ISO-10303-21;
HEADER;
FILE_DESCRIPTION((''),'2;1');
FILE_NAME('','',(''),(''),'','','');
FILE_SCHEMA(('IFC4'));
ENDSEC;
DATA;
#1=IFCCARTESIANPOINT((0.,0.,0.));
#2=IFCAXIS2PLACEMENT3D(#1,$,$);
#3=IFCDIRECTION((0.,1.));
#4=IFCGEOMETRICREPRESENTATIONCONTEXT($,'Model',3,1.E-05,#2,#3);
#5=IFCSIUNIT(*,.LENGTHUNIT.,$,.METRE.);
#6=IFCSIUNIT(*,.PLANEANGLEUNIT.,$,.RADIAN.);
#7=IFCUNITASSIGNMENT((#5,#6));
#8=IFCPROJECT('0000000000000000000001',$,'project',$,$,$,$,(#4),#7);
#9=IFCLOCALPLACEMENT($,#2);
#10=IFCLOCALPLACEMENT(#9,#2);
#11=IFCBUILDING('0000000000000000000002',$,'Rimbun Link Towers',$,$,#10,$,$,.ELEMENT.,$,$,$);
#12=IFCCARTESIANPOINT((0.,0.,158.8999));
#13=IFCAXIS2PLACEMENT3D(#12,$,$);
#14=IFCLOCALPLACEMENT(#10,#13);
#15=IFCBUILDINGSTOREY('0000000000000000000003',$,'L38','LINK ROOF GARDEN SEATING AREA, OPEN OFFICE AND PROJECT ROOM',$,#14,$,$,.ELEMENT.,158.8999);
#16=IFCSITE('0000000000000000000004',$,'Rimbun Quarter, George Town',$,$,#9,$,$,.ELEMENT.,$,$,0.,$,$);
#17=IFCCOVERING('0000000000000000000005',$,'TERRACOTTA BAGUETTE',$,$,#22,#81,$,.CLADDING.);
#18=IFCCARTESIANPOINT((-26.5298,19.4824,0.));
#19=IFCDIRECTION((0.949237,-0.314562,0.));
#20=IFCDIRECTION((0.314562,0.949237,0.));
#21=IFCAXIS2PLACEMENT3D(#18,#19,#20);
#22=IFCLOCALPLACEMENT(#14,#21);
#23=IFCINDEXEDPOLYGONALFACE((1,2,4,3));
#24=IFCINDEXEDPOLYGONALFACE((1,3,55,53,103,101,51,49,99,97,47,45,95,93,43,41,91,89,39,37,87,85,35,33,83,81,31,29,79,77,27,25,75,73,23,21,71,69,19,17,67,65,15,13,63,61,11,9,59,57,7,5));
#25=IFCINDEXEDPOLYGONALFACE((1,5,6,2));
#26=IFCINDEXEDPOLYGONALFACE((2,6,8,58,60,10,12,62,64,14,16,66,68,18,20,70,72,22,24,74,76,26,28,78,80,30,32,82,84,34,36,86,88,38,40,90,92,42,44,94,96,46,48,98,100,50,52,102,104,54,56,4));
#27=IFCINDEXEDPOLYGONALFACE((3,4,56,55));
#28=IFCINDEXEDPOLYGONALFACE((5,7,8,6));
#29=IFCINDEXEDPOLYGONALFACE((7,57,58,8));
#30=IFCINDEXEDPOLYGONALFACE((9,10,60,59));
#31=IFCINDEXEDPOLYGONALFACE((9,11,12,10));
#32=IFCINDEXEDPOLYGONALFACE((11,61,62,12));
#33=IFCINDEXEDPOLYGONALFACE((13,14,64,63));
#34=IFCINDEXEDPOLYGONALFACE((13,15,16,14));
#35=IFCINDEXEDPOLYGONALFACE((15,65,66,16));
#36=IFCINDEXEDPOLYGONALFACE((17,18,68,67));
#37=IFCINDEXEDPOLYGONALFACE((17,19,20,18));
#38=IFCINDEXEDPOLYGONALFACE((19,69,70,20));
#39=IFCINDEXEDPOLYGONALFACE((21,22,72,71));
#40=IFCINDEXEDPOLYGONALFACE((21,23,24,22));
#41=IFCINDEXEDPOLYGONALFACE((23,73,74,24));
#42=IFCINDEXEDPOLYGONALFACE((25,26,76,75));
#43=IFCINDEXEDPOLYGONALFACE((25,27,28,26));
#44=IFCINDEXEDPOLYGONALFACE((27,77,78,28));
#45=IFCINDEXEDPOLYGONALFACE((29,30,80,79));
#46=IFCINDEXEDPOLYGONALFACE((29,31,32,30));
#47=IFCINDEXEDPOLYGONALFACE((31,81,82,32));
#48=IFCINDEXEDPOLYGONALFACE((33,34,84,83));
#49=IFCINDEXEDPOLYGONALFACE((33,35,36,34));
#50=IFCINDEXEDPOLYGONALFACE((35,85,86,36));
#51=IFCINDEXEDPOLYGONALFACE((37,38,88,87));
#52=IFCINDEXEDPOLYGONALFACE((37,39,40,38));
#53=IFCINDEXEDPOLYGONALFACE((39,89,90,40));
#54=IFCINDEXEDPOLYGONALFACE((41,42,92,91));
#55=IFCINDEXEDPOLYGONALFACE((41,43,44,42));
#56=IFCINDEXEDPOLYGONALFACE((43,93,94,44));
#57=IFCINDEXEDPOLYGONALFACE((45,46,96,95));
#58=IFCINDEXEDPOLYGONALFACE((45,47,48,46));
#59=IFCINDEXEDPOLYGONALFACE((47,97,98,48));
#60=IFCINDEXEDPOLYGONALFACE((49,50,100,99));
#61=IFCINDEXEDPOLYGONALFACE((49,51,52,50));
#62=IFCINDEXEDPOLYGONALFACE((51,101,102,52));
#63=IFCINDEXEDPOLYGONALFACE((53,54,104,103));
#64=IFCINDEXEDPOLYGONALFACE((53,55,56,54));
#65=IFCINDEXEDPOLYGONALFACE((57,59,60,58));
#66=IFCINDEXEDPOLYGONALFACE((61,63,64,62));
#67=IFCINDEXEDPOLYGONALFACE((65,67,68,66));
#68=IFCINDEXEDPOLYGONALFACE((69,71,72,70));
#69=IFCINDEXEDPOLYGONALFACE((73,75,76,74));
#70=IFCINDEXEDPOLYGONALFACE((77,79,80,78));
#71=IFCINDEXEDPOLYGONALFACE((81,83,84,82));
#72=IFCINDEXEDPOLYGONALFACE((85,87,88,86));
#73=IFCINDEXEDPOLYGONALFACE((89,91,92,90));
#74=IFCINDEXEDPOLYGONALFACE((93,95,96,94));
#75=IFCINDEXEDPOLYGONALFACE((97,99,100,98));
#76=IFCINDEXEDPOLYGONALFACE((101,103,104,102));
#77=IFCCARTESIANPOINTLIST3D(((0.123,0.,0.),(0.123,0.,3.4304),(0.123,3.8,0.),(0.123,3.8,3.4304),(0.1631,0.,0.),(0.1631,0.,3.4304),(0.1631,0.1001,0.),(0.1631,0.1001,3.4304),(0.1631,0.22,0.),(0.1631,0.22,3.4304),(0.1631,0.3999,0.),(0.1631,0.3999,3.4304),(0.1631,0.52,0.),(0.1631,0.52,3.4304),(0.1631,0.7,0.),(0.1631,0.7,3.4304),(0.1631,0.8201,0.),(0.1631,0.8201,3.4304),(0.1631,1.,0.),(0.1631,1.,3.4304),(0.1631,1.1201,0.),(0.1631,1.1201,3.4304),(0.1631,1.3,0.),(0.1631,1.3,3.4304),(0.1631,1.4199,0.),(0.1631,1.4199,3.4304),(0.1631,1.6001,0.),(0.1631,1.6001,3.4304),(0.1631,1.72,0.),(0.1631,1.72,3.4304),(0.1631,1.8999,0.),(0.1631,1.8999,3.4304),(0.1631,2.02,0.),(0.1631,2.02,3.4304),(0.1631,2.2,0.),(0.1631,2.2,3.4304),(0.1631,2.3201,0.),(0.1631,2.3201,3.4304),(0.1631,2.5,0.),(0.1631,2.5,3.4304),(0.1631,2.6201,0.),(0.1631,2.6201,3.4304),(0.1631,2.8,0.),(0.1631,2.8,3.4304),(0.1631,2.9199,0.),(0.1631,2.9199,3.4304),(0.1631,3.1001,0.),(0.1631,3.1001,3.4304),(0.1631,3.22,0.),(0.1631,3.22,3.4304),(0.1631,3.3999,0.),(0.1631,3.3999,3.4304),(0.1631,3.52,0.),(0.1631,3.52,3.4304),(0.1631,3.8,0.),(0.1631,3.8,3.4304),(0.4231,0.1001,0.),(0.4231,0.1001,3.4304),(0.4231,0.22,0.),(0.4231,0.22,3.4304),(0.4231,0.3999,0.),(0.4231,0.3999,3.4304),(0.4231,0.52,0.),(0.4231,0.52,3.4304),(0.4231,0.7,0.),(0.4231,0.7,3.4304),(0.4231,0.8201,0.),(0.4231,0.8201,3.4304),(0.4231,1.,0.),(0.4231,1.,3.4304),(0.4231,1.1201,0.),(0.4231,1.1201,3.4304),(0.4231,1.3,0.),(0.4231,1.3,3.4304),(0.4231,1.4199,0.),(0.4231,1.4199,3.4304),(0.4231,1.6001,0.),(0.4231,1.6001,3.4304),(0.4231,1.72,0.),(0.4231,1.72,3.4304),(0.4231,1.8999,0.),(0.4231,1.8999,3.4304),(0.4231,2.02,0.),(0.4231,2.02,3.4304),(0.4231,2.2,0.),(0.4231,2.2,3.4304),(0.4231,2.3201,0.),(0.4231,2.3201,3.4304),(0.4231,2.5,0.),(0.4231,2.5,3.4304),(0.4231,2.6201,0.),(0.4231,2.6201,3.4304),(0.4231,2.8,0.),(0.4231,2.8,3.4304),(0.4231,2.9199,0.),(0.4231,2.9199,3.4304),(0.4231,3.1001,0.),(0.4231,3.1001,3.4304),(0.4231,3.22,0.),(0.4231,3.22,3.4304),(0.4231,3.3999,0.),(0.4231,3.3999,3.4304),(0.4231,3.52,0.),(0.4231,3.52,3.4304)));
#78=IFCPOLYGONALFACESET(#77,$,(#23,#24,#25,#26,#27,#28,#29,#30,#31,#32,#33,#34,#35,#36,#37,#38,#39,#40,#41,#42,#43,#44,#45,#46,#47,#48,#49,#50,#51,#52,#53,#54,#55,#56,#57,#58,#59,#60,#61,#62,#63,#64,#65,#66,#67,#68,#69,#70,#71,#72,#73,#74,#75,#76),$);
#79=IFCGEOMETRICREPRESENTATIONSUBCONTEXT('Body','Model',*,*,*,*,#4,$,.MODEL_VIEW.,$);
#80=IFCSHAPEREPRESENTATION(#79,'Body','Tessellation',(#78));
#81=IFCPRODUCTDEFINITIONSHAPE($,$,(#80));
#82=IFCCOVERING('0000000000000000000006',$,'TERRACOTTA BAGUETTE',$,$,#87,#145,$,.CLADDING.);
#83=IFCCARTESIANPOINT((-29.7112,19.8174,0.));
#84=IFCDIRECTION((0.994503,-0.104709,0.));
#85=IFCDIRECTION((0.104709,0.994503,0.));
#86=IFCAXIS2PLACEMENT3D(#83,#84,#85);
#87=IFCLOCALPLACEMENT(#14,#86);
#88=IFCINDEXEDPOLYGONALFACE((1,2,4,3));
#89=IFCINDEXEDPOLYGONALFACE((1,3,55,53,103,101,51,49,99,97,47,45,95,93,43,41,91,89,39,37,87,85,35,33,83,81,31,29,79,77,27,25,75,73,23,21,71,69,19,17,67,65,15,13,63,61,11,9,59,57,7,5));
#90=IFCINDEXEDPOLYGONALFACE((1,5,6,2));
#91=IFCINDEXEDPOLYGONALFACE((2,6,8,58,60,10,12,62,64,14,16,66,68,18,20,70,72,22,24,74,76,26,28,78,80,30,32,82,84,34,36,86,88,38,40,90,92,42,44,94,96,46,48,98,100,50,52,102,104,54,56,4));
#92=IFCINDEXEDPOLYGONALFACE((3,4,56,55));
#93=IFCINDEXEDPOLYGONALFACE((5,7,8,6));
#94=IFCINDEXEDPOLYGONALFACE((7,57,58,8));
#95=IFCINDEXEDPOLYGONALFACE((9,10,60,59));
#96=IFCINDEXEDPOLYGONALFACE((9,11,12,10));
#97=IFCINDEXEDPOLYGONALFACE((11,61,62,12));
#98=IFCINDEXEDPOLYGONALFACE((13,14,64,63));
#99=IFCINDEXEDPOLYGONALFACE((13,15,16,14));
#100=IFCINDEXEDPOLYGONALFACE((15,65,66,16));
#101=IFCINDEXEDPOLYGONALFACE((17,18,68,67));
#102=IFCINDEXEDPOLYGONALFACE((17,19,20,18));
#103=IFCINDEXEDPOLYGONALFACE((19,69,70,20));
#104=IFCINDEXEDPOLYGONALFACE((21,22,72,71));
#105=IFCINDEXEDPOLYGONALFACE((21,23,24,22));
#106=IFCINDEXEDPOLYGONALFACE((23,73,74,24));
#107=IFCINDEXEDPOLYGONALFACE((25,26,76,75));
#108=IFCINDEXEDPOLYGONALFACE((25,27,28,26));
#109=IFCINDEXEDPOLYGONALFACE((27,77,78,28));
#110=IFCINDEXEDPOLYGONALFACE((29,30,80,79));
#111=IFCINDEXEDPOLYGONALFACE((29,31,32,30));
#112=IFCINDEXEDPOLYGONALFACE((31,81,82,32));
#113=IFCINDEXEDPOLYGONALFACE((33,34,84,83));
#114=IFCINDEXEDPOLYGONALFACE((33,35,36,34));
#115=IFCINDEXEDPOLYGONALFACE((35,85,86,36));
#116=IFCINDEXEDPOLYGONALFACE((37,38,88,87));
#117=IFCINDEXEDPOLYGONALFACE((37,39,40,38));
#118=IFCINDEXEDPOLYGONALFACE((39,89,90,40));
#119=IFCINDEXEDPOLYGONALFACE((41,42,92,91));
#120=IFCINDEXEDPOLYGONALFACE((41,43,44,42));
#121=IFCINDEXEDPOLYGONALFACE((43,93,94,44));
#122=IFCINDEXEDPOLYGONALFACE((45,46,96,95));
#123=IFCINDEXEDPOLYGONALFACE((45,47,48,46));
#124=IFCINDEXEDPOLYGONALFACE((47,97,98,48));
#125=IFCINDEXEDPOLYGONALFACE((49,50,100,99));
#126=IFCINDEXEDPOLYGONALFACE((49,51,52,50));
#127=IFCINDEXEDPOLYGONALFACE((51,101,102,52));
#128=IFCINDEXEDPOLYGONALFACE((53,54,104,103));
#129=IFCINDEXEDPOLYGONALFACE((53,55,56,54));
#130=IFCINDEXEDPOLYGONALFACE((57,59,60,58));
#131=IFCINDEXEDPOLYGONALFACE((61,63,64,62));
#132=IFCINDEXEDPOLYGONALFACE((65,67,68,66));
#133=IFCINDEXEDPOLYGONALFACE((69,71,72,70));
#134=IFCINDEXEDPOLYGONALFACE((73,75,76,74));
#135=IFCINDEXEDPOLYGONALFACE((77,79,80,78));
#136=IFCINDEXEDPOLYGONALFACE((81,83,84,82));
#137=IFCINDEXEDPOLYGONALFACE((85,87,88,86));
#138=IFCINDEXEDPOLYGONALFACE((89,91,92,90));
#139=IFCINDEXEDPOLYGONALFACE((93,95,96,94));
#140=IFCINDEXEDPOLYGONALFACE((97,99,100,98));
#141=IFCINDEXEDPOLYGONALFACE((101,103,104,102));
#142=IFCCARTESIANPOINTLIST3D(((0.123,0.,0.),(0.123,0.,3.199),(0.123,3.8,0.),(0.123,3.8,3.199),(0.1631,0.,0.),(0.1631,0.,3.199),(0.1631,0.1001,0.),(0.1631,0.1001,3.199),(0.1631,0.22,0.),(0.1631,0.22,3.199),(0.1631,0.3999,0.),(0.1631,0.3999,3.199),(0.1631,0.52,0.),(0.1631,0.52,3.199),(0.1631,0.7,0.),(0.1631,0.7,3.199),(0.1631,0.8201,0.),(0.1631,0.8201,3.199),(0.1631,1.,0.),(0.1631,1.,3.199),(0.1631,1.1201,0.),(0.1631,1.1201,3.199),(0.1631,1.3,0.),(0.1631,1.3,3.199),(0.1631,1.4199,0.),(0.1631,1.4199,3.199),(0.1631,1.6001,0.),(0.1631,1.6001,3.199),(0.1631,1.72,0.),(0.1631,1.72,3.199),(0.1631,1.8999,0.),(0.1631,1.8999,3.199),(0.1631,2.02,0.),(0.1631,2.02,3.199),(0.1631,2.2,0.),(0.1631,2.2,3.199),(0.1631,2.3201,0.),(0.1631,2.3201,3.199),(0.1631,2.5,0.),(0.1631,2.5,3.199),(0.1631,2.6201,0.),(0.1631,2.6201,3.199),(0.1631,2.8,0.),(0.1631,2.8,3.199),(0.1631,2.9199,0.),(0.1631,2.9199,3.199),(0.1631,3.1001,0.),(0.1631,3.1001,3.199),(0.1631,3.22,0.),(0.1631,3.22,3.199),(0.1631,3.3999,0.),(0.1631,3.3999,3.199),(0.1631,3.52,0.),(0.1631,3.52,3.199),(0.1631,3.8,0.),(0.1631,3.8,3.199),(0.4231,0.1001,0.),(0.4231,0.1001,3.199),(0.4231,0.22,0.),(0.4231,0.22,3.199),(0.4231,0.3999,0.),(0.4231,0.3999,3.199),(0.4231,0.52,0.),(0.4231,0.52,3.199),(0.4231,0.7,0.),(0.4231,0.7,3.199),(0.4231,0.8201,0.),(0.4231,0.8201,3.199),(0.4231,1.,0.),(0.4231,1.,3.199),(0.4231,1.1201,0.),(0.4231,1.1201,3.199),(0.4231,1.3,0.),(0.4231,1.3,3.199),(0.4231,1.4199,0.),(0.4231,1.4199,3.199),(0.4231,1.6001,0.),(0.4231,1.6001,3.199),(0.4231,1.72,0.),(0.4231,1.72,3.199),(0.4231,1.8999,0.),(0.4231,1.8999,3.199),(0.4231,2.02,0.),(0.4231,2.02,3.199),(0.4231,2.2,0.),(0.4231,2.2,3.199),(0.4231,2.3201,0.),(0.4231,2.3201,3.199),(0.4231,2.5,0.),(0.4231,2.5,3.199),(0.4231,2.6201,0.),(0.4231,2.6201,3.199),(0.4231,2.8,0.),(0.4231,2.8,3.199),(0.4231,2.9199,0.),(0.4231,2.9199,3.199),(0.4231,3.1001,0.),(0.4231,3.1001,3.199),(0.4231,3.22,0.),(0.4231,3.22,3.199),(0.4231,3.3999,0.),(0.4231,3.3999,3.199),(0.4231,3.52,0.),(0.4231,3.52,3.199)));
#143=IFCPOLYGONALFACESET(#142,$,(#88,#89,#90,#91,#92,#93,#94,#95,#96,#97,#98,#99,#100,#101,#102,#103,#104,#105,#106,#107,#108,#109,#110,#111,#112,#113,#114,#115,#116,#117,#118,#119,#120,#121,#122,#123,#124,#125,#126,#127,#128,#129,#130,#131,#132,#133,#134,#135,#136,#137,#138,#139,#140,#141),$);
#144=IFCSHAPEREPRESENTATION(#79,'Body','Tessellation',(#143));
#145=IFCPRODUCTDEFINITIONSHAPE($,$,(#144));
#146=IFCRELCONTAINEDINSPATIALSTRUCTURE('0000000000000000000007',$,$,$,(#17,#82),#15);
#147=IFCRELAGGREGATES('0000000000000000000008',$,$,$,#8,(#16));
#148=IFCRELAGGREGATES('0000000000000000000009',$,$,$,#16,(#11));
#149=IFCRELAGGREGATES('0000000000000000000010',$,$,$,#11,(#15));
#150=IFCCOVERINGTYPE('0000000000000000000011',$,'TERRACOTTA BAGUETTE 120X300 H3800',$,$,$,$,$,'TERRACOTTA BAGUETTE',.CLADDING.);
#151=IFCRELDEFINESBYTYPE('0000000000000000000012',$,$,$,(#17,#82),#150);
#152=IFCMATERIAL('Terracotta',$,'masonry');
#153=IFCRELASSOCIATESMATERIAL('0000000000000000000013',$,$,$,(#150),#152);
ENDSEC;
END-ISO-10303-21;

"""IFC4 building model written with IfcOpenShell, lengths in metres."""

from ifc_helpers import new_model, si_unit, direction, frame, origin, place, context, subcontext, project, spatial, polyline, outline, extrude, material, material_profile, profile_set, type_object, element, save


model = new_model("IFC4")

# Units and contexts
model_context = context("Model", 3, precision=1e-05, world=origin(), true_north=direction((0.0, 1.0)))
body_context = subcontext(model_context, "Body", "Model", "MODEL_VIEW")
ifc_project = project(units=[si_unit("LENGTHUNIT", "METRE"), si_unit("PLANEANGLEUNIT", "RADIAN")], contexts=[model_context])

# Site, building, storey
site_placement = place(None, origin())
site = spatial("IfcSite", under=ifc_project, at=site_placement, Name="Rimbun Quarter, George Town", CompositionType="ELEMENT", RefElevation=0.0)
building_placement = place(site_placement, origin())
building = spatial("IfcBuilding", under=site, at=building_placement, Name="Rimbun Link Towers", CompositionType="ELEMENT")
storey_placement = place(building_placement, frame((0.0, 0.0, 158.8999)))
storey = spatial("IfcBuildingStorey", under=building, at=storey_placement, Name="L38", Description="LINK ROOF GARDEN SEATING AREA, OPEN OFFICE AND PROJECT ROOM", CompositionType="ELEMENT", Elevation=158.8999)

# Coverings
ifc_material_1 = material(Name="Terracotta", Category="masonry")
ifc_material_profile_1 = material_profile(ifc_material_1, outline(polyline([(0.123, 0.0), (0.1631, 0.0), (0.1631, 0.1001), (0.4231, 0.1001), (0.4231, 0.22), (0.1631, 0.22), (0.1631, 0.3999), (0.4231, 0.3999), (0.4231, 0.52), (0.1631, 0.52), (0.1631, 0.7), (0.4231, 0.7), (0.4231, 0.8201), (0.1631, 0.8201), (0.1631, 1.0), (0.4231, 1.0), (0.4231, 1.1201), (0.1631, 1.1201), (0.1631, 1.3), (0.4231, 1.3), (0.4231, 1.4199), (0.1631, 1.4199), (0.1631, 1.6001), (0.4231, 1.6001), (0.4231, 1.72), (0.1631, 1.72), (0.1631, 1.8999), (0.4231, 1.8999), (0.4231, 2.02), (0.1631, 2.02), (0.1631, 2.2), (0.4231, 2.2), (0.4231, 2.3201), (0.1631, 2.3201), (0.1631, 2.5), (0.4231, 2.5), (0.4231, 2.6201), (0.1631, 2.6201), (0.1631, 2.8), (0.4231, 2.8), (0.4231, 2.9199), (0.1631, 2.9199), (0.1631, 3.1001), (0.4231, 3.1001), (0.4231, 3.22), (0.1631, 3.22), (0.1631, 3.3999), (0.4231, 3.3999), (0.4231, 3.52), (0.1631, 3.52), (0.1631, 3.8), (0.123, 3.8), (0.123, 0.0)])), Name="BAGUETTE 120X300")
ifc_profile_set_1 = profile_set([ifc_material_profile_1], Name="Terracotta")
covering_type = type_object("IfcCoveringType", Name="TERRACOTTA BAGUETTE 120X300 H3800", ElementType="TERRACOTTA BAGUETTE", PredefinedType="CLADDING", material=ifc_profile_set_1)
covering_1_placement = place(storey_placement, frame((-26.5298, 19.4824, 0.0), z_axis=(0.949237, -0.314562, 0.0), x_axis=(0.314562, 0.949237, 0.0)))
element("IfcCovering", 1, at=covering_1_placement, inside=storey, type_object=covering_type, Name="TERRACOTTA BAGUETTE", PredefinedType="CLADDING", context=body_context, shape_type="SweptSolid", body=[
    extrude(outline(polyline([(0.123, 0.0), (0.1631, 0.0), (0.1631, 0.1001), (0.4231, 0.1001), (0.4231, 0.22), (0.1631, 0.22), (0.1631, 0.3999), (0.4231, 0.3999), (0.4231, 0.52), (0.1631, 0.52), (0.1631, 0.7), (0.4231, 0.7), (0.4231, 0.8201), (0.1631, 0.8201), (0.1631, 1.0), (0.4231, 1.0), (0.4231, 1.1201), (0.1631, 1.1201), (0.1631, 1.3), (0.4231, 1.3), (0.4231, 1.4199), (0.1631, 1.4199), (0.1631, 1.6001), (0.4231, 1.6001), (0.4231, 1.72), (0.1631, 1.72), (0.1631, 1.8999), (0.4231, 1.8999), (0.4231, 2.02), (0.1631, 2.02), (0.1631, 2.2), (0.4231, 2.2), (0.4231, 2.3201), (0.1631, 2.3201), (0.1631, 2.5), (0.4231, 2.5), (0.4231, 2.6201), (0.1631, 2.6201), (0.1631, 2.8), (0.4231, 2.8), (0.4231, 2.9199), (0.1631, 2.9199), (0.1631, 3.1001), (0.4231, 3.1001), (0.4231, 3.22), (0.1631, 3.22), (0.1631, 3.3999), (0.4231, 3.3999), (0.4231, 3.52), (0.1631, 3.52), (0.1631, 3.8), (0.123, 3.8), (0.123, 0.0)])), origin(), (0.0, 0.0, 1.0), 3.4304),
])
covering_2_placement = place(storey_placement, frame((-29.7112, 19.8174, 0.0), z_axis=(0.994503, -0.104709, 0.0), x_axis=(0.104709, 0.994503, 0.0)))
element("IfcCovering", 2, at=covering_2_placement, inside=storey, type_object=covering_type, Name="TERRACOTTA BAGUETTE", PredefinedType="CLADDING", context=body_context, shape_type="SweptSolid", body=[
    extrude(outline(polyline([(0.123, 0.0), (0.1631, 0.0), (0.1631, 0.1001), (0.4231, 0.1001), (0.4231, 0.22), (0.1631, 0.22), (0.1631, 0.3999), (0.4231, 0.3999), (0.4231, 0.52), (0.1631, 0.52), (0.1631, 0.7), (0.4231, 0.7), (0.4231, 0.8201), (0.1631, 0.8201), (0.1631, 1.0), (0.4231, 1.0), (0.4231, 1.1201), (0.1631, 1.1201), (0.1631, 1.3), (0.4231, 1.3), (0.4231, 1.4199), (0.1631, 1.4199), (0.1631, 1.6001), (0.4231, 1.6001), (0.4231, 1.72), (0.1631, 1.72), (0.1631, 1.8999), (0.4231, 1.8999), (0.4231, 2.02), (0.1631, 2.02), (0.1631, 2.2), (0.4231, 2.2), (0.4231, 2.3201), (0.1631, 2.3201), (0.1631, 2.5), (0.4231, 2.5), (0.4231, 2.6201), (0.1631, 2.6201), (0.1631, 2.8), (0.4231, 2.8), (0.4231, 2.9199), (0.1631, 2.9199), (0.1631, 3.1001), (0.4231, 3.1001), (0.4231, 3.22), (0.1631, 3.22), (0.1631, 3.3999), (0.4231, 3.3999), (0.4231, 3.52), (0.1631, 3.52), (0.1631, 3.8), (0.123, 3.8), (0.123, 0.0)])), origin(), (0.0, 0.0, 1.0), 3.199),
])

save(model, "model.ifc")
